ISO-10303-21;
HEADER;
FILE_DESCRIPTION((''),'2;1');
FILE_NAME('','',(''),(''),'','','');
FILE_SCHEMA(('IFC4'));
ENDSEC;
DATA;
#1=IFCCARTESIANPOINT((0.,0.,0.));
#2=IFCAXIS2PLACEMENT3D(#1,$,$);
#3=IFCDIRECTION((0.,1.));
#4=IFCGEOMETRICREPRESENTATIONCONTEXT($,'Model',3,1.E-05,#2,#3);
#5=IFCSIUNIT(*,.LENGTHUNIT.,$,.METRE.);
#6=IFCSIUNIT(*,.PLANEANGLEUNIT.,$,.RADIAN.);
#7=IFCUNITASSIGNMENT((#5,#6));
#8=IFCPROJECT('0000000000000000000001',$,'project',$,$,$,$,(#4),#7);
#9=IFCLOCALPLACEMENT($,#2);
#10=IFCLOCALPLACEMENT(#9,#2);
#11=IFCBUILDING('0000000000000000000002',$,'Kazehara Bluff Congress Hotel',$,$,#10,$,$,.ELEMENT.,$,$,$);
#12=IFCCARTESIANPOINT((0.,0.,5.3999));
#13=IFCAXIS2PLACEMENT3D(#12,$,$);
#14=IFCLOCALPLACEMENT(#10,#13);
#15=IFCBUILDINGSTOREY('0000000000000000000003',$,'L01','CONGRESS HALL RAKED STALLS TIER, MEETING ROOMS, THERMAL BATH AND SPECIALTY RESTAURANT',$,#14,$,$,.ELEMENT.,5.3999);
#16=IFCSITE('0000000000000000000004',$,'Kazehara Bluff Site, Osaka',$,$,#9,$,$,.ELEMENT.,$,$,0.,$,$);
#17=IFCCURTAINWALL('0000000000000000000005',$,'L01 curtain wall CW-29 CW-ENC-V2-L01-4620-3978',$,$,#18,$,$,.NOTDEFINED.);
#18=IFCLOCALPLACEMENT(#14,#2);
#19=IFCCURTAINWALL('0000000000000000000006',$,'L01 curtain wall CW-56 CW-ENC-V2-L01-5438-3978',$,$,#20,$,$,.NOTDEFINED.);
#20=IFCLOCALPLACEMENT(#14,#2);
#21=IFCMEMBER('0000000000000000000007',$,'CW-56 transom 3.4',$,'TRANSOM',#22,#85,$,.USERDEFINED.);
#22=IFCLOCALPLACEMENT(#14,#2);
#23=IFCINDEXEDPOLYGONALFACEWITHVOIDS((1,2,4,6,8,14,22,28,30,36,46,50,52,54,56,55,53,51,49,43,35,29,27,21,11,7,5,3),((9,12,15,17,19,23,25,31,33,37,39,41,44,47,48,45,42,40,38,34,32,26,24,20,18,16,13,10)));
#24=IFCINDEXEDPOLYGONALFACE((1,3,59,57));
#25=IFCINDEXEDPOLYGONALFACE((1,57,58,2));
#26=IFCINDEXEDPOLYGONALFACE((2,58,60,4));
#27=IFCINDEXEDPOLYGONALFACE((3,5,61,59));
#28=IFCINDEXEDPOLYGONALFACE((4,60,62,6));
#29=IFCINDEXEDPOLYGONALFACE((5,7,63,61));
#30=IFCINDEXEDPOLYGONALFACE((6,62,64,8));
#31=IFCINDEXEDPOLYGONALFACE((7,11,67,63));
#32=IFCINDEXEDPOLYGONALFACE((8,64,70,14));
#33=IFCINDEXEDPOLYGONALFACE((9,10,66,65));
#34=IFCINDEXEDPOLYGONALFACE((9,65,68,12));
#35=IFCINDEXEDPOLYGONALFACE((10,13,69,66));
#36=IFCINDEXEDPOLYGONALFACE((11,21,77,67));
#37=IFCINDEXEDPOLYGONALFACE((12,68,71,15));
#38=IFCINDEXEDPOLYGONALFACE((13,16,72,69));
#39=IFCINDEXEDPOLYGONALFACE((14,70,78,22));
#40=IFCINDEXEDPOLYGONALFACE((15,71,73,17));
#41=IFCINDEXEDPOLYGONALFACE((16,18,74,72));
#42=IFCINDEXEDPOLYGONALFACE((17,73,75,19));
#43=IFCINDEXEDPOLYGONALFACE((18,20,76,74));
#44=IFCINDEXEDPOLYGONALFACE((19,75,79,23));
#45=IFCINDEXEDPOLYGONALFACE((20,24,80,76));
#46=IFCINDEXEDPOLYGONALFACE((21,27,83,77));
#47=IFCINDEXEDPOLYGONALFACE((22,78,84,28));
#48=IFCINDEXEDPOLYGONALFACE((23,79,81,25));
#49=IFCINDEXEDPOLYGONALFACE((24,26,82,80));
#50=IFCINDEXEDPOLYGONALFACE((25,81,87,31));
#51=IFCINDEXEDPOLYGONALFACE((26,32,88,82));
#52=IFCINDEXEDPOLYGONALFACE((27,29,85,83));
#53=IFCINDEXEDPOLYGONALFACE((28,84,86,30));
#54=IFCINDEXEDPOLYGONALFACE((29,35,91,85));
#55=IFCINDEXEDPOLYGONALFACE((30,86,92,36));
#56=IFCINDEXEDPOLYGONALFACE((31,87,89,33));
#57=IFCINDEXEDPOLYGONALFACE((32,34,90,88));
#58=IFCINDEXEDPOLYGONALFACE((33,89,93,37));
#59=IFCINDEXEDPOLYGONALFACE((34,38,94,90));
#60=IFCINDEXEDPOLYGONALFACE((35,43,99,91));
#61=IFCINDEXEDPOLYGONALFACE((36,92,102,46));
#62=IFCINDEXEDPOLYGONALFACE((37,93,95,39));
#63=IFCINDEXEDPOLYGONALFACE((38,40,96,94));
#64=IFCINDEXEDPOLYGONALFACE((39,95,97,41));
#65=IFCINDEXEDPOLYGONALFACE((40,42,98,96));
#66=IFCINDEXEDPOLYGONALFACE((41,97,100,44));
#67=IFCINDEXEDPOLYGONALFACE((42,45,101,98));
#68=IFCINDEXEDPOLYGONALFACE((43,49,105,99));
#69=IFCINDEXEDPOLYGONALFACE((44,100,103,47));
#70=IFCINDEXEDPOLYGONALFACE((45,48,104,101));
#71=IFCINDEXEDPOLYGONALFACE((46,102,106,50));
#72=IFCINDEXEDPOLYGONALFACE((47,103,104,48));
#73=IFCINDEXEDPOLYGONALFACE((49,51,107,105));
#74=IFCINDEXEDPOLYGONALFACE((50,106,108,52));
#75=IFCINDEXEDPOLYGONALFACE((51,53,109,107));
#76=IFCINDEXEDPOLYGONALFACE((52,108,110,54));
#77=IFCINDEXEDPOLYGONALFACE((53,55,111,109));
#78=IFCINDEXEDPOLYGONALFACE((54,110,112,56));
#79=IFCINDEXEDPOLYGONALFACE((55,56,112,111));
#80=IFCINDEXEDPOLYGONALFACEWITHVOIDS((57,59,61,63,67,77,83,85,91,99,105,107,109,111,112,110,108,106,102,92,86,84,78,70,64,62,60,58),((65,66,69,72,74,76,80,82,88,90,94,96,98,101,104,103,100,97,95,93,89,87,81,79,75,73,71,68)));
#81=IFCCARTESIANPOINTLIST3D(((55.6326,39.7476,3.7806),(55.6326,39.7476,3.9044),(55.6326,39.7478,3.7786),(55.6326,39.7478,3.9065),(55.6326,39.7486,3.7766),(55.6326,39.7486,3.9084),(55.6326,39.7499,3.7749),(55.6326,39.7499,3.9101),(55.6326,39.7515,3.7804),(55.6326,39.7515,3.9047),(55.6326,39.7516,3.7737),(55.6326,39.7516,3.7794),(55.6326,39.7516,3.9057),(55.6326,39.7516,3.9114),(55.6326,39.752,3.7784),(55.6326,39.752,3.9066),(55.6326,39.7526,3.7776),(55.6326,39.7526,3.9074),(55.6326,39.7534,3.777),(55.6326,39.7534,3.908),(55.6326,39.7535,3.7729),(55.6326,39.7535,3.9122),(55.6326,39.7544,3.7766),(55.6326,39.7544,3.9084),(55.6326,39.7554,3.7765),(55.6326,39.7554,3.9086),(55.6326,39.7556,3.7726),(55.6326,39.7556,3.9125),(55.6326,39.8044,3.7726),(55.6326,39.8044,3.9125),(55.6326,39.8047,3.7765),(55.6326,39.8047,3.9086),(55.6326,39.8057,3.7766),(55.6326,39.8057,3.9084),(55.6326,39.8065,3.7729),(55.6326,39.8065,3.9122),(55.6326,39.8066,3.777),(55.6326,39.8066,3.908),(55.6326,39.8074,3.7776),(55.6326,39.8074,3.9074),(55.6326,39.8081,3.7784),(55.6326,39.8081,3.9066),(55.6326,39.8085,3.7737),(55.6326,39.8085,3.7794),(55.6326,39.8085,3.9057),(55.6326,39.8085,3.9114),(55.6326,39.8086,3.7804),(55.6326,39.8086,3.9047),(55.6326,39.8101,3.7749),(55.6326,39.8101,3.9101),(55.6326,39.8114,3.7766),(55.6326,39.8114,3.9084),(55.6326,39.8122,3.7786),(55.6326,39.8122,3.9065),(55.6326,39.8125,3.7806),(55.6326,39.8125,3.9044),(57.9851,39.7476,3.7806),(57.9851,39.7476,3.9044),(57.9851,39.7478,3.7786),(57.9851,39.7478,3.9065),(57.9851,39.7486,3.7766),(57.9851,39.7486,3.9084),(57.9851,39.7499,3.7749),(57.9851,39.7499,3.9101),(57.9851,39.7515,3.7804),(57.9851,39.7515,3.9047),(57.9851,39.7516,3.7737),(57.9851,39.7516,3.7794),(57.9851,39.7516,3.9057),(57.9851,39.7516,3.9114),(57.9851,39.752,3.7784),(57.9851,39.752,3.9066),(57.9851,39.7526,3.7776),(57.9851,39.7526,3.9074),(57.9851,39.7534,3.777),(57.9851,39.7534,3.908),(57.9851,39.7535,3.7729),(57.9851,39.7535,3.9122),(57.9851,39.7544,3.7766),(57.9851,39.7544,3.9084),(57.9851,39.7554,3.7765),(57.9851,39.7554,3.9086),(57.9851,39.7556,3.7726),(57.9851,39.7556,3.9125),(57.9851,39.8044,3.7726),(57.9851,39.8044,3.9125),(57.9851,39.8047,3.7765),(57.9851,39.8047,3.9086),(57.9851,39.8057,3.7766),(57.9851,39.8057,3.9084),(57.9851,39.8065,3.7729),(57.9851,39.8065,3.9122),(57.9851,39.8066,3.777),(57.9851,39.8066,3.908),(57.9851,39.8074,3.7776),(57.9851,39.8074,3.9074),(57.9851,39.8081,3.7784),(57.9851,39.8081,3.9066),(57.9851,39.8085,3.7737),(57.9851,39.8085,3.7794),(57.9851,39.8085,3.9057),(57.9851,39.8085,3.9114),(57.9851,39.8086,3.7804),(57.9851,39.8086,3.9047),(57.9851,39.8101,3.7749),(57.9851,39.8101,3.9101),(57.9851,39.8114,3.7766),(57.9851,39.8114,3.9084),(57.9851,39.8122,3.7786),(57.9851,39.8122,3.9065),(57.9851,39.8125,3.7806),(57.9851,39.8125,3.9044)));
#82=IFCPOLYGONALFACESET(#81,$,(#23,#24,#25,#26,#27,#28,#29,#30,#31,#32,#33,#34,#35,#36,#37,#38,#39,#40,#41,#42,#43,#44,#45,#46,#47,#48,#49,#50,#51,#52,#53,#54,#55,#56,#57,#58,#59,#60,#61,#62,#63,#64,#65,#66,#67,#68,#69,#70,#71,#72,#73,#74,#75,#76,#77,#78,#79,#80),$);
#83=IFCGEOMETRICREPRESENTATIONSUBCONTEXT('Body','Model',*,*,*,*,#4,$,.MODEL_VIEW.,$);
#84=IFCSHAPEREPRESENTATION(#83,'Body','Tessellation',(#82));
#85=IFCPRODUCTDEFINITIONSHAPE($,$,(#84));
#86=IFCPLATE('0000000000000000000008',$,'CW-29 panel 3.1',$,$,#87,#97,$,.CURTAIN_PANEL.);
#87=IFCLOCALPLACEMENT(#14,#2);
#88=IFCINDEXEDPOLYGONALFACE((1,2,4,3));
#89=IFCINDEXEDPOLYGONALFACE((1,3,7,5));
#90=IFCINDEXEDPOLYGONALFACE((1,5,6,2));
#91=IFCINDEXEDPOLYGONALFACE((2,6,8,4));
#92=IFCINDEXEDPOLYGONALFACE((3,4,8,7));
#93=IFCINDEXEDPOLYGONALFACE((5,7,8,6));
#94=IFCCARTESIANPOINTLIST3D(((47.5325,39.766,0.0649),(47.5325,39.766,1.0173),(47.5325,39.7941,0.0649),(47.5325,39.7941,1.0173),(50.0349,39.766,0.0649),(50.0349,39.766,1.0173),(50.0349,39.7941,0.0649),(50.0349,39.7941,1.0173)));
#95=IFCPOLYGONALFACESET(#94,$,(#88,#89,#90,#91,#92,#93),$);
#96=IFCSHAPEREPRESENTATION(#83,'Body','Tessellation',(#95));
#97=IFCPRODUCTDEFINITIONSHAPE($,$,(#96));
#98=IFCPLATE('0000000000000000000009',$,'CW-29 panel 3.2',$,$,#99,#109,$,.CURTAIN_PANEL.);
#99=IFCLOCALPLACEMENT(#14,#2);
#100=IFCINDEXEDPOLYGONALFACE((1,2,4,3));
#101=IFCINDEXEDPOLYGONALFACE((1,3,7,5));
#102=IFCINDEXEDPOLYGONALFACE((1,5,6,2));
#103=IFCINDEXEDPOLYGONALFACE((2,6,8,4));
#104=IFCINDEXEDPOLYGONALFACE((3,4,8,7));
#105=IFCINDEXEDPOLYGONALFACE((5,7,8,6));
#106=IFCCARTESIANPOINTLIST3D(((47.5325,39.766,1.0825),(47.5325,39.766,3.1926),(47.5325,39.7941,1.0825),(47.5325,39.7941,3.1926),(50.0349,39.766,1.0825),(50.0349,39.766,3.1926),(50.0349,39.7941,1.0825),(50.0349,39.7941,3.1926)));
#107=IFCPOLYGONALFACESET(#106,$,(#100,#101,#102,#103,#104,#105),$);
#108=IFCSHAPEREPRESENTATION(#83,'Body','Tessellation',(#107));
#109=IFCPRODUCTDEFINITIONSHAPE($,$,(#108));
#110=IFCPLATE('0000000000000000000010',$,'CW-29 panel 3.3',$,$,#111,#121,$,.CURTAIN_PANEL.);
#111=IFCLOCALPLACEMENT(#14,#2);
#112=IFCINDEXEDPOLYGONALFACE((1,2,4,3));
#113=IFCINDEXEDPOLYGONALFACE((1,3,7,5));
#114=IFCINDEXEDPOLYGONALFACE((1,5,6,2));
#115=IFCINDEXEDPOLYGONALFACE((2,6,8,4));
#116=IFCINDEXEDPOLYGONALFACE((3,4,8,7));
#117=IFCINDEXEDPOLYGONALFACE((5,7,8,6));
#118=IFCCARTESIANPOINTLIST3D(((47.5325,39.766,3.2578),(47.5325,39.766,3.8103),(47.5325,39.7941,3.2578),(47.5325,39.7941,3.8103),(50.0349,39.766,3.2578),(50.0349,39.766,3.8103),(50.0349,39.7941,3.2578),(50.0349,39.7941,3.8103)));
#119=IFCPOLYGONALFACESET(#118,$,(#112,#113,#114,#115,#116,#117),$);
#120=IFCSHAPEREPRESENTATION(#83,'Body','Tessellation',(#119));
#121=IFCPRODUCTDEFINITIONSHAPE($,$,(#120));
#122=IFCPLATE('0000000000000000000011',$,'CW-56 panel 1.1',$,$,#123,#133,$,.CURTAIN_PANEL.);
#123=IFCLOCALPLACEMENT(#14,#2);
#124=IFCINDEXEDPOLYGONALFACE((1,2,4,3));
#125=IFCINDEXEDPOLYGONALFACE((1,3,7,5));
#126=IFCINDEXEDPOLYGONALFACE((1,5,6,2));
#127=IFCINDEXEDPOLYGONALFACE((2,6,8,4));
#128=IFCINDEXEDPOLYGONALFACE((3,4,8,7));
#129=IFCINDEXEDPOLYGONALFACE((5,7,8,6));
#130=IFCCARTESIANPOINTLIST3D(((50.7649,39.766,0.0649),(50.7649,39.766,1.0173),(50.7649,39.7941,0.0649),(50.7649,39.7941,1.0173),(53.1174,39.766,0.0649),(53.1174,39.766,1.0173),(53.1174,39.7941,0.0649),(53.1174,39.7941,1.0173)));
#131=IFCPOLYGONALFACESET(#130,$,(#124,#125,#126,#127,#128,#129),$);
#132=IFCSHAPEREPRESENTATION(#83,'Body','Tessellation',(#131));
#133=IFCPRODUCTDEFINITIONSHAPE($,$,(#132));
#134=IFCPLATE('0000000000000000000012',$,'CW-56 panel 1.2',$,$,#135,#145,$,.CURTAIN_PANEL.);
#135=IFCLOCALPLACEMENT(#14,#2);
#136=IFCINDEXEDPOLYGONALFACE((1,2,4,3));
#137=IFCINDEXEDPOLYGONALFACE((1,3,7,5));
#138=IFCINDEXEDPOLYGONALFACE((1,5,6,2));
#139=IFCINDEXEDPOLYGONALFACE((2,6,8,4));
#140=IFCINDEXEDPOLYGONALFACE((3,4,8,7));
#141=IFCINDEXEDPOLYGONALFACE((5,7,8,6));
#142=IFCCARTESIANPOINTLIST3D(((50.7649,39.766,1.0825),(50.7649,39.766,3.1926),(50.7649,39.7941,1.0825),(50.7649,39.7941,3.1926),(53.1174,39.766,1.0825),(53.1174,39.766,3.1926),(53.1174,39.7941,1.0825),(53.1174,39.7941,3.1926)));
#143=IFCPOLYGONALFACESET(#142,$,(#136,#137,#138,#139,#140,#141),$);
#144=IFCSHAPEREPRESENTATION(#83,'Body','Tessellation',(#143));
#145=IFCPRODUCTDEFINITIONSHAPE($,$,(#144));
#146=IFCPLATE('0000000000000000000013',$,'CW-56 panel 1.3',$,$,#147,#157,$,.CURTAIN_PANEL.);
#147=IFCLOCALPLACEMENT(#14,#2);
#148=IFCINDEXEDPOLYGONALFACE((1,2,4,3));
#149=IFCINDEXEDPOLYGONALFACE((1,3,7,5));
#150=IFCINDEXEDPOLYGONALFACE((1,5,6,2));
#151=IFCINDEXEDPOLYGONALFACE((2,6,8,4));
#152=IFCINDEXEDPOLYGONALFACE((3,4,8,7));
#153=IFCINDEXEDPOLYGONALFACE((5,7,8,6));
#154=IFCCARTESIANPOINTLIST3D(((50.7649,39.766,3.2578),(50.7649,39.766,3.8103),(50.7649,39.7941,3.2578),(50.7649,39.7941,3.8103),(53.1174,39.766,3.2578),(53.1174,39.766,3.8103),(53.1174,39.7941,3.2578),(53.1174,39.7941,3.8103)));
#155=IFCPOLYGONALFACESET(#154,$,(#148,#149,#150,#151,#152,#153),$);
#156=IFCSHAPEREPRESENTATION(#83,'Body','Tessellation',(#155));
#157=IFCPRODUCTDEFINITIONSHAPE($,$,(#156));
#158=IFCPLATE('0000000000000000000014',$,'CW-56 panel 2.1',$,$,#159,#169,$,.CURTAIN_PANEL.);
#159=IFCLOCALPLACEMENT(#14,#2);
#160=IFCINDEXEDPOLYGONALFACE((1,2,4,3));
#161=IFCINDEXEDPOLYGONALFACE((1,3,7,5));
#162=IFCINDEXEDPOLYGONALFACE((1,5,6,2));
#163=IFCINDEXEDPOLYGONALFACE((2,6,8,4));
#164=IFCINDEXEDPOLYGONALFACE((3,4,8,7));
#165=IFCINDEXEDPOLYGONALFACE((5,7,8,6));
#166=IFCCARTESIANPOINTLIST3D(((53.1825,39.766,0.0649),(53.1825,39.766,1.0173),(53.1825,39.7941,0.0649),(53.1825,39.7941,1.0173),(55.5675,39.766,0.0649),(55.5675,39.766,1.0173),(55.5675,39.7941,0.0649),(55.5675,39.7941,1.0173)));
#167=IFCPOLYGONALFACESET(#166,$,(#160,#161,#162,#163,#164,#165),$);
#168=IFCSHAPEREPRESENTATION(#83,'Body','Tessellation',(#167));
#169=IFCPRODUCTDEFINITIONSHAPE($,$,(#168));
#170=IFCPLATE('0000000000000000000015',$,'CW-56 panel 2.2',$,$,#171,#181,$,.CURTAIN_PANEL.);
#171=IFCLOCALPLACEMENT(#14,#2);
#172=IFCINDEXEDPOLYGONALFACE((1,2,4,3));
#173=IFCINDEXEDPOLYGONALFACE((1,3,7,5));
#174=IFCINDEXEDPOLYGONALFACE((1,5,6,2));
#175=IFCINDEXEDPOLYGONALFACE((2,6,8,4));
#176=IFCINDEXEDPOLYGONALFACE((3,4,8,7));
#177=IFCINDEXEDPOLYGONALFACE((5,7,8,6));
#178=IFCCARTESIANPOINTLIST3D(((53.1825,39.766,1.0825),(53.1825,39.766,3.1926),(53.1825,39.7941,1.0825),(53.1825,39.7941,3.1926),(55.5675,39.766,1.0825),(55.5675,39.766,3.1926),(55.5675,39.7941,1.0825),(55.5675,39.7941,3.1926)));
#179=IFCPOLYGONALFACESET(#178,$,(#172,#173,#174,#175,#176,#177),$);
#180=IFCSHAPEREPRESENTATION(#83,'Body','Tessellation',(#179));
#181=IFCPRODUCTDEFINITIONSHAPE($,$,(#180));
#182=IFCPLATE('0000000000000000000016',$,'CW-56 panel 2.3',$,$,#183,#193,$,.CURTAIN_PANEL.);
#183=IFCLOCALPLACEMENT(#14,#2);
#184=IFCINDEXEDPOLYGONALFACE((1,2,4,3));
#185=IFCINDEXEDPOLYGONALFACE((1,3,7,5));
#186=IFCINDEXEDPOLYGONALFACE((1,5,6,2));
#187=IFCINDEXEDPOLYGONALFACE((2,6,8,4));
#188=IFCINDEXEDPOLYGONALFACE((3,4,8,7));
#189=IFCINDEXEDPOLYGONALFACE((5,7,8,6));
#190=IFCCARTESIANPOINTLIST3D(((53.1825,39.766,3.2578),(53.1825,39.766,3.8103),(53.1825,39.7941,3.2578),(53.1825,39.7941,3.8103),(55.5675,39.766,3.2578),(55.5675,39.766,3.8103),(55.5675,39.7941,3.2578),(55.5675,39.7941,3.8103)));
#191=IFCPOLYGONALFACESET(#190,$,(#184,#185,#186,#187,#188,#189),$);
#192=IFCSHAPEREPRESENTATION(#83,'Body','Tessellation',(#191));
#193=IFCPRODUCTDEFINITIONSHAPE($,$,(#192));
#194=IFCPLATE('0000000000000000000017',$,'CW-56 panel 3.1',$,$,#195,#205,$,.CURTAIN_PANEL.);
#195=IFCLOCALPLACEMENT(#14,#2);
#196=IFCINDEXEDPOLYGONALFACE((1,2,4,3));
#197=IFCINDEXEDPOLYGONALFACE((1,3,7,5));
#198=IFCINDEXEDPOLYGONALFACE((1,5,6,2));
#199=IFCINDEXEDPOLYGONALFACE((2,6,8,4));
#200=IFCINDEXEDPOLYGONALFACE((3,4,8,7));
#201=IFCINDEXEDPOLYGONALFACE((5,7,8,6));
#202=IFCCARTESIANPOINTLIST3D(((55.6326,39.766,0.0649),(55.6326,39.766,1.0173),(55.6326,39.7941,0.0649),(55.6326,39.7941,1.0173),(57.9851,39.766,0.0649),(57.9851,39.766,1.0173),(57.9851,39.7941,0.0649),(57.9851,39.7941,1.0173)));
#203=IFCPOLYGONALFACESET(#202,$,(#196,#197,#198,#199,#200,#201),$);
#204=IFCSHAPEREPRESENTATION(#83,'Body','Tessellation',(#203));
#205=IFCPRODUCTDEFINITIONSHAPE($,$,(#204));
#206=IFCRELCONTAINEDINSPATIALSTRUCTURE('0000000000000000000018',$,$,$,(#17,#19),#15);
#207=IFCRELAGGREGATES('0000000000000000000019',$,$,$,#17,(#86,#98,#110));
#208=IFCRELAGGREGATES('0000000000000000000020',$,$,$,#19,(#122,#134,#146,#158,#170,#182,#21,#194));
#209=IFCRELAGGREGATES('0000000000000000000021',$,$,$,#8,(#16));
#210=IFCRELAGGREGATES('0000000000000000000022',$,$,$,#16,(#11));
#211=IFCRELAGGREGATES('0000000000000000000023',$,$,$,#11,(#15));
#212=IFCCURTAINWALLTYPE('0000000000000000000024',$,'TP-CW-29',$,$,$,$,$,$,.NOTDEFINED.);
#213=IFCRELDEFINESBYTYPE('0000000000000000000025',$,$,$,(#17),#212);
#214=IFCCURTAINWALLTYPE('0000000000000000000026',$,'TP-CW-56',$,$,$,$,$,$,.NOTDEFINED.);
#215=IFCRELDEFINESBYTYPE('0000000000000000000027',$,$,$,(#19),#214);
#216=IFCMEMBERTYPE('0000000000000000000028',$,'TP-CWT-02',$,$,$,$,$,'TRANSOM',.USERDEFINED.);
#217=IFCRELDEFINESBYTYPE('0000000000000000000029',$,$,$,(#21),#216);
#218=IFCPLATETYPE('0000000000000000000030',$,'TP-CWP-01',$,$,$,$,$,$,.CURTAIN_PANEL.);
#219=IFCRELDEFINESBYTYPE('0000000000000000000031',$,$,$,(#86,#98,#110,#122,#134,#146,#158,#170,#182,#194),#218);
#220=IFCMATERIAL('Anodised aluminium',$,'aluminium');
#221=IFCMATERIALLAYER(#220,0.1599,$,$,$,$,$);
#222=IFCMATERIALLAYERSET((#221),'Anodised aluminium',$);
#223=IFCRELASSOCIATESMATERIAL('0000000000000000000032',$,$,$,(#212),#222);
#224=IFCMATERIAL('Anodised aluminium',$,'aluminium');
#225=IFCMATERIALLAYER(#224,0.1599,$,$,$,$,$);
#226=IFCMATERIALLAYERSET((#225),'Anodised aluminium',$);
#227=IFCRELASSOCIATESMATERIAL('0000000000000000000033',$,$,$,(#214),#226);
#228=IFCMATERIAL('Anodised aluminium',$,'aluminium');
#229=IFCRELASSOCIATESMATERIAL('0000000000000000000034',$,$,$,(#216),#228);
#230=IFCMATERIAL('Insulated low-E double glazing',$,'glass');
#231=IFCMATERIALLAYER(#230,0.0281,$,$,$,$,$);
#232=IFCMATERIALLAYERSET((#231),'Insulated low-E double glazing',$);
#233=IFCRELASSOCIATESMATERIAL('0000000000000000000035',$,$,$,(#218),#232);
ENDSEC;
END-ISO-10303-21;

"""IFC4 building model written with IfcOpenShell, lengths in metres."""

from ifc_helpers import new_model, si_unit, direction, frame, origin, origin_2d, place, context, subcontext, project, spatial, rectangle, hollow_rectangle, extrude, material, layer, layer_set, material_profile, profile_set, type_object, element, aggregate, save


model = new_model("IFC4")

# Units and contexts
model_context = context("Model", 3, precision=1e-05, world=origin(), true_north=direction((0.0, 1.0)))
body_context = subcontext(model_context, "Body", "Model", "MODEL_VIEW")
ifc_project = project(units=[si_unit("LENGTHUNIT", "METRE"), si_unit("PLANEANGLEUNIT", "RADIAN")], contexts=[model_context])

# Site, building, storey
site_placement = place(None, origin())
site = spatial("IfcSite", under=ifc_project, at=site_placement, Name="Kazehara Bluff Site, Osaka", CompositionType="ELEMENT", RefElevation=0.0)
building_placement = place(site_placement, origin())
building = spatial("IfcBuilding", under=site, at=building_placement, Name="Kazehara Bluff Congress Hotel", CompositionType="ELEMENT")
storey_placement = place(building_placement, frame((0.0, 0.0, 5.3999)))
storey = spatial("IfcBuildingStorey", under=building, at=storey_placement, Name="L01", Description="CONGRESS HALL RAKED STALLS TIER, MEETING ROOMS, THERMAL BATH AND SPECIALTY RESTAURANT", CompositionType="ELEMENT", Elevation=5.3999)

# Curtain wall
ifc_material_1 = material(Name="Anodised aluminium", Category="aluminium")
ifc_layer_1 = layer(ifc_material_1, 0.1599)
ifc_layer_set_1 = layer_set([ifc_layer_1], Name="Anodised aluminium")
curtain_wall_type_1 = type_object("IfcCurtainWallType", Name="TP-CW-29", PredefinedType="NOTDEFINED", material=ifc_layer_set_1)
curtain_wall_1_placement = place(storey_placement, origin())
curtain_wall_1 = element("IfcCurtainWall", 1, at=curtain_wall_1_placement, inside=storey, type_object=curtain_wall_type_1, Name="L01 curtain wall CW-29 CW-ENC-V2-L01-4620-3978", PredefinedType="NOTDEFINED")

# Curtain wall
ifc_material_2 = material(Name="Anodised aluminium", Category="aluminium")
ifc_layer_2 = layer(ifc_material_2, 0.1599)
ifc_layer_set_2 = layer_set([ifc_layer_2], Name="Anodised aluminium")
curtain_wall_type_2 = type_object("IfcCurtainWallType", Name="TP-CW-56", PredefinedType="NOTDEFINED", material=ifc_layer_set_2)
curtain_wall_2_placement = place(storey_placement, origin())
curtain_wall_2 = element("IfcCurtainWall", 2, at=curtain_wall_2_placement, inside=storey, type_object=curtain_wall_type_2, Name="L01 curtain wall CW-56 CW-ENC-V2-L01-5438-3978", PredefinedType="NOTDEFINED")

# Member
ifc_material_3 = material(Name="Anodised aluminium", Category="aluminium")
ifc_material_profile_1 = material_profile(ifc_material_3, hollow_rectangle(XDim=0.0649, YDim=0.1399, WallThickness=0.0039, InnerFilletRadius=0.0039, OuterFilletRadius=0.0081, at=origin_2d()))
ifc_profile_set_1 = profile_set([ifc_material_profile_1], Name="Anodised aluminium")
member_type_1 = type_object("IfcMemberType", Name="TP-CWT-02", ElementType="TRANSOM", PredefinedType="USERDEFINED", material=ifc_profile_set_1)
member_1_placement = place(storey_placement, frame((55.6326, 39.78, 3.8425), z_axis=(1.0, 0.0, 0.0), x_axis=(0.0, 1.0, 0.0)))
member_1 = element("IfcMember", 3, at=member_1_placement, type_object=member_type_1, Name="CW-56 transom 3.4", ObjectType="TRANSOM", PredefinedType="USERDEFINED", context=body_context, shape_type="SweptSolid", body=[
    extrude(hollow_rectangle(XDim=0.0649, YDim=0.1399, WallThickness=0.0039, InnerFilletRadius=0.0039, OuterFilletRadius=0.0081, at=origin_2d()), origin(), (0.0, 0.0, 1.0), 2.3525),
])

# Plates
ifc_material_4 = material(Name="Insulated low-E double glazing", Category="glass")
ifc_layer_3 = layer(ifc_material_4, 0.0281)
ifc_layer_set_3 = layer_set([ifc_layer_3], Name="Insulated low-E double glazing")
plate_type = type_object("IfcPlateType", Name="TP-CWP-01", PredefinedType="CURTAIN_PANEL", material=ifc_layer_set_3)
plate_1_placement = place(storey_placement, frame((48.7837, 39.78, 0.0649), z_axis=(0.0, 0.0, 1.0), x_axis=(1.0, 0.0, 0.0)))
plate_1 = element("IfcPlate", 4, at=plate_1_placement, type_object=plate_type, Name="CW-29 panel 3.1", PredefinedType="CURTAIN_PANEL", context=body_context, shape_type="SweptSolid", body=[
    extrude(rectangle(XDim=2.5024, YDim=0.0281, at=origin_2d()), origin(), (0.0, 0.0, 1.0), 0.9524),
])
plate_2_placement = place(storey_placement, frame((48.7837, 39.78, 1.0825), z_axis=(0.0, 0.0, 1.0), x_axis=(1.0, 0.0, 0.0)))
plate_2 = element("IfcPlate", 5, at=plate_2_placement, type_object=plate_type, Name="CW-29 panel 3.2", PredefinedType="CURTAIN_PANEL", context=body_context, shape_type="SweptSolid", body=[
    extrude(rectangle(XDim=2.5024, YDim=0.0281, at=origin_2d()), origin(), (0.0, 0.0, 1.0), 2.1101),
])
plate_3_placement = place(storey_placement, frame((48.7837, 39.78, 3.2578), z_axis=(0.0, 0.0, 1.0), x_axis=(1.0, 0.0, 0.0)))
plate_3 = element("IfcPlate", 6, at=plate_3_placement, type_object=plate_type, Name="CW-29 panel 3.3", PredefinedType="CURTAIN_PANEL", context=body_context, shape_type="SweptSolid", body=[
    extrude(rectangle(XDim=2.5024, YDim=0.0281, at=origin_2d()), origin(), (0.0, 0.0, 1.0), 0.5525),
])
aggregate(curtain_wall_1, [plate_1, plate_2, plate_3])
plate_4_placement = place(storey_placement, frame((51.9412, 39.78, 0.0649), z_axis=(0.0, 0.0, 1.0), x_axis=(1.0, 0.0, 0.0)))
plate_4 = element("IfcPlate", 7, at=plate_4_placement, type_object=plate_type, Name="CW-56 panel 1.1", PredefinedType="CURTAIN_PANEL", context=body_context, shape_type="SweptSolid", body=[
    extrude(rectangle(XDim=2.3525, YDim=0.0281, at=origin_2d()), origin(), (0.0, 0.0, 1.0), 0.9524),
])
plate_5_placement = place(storey_placement, frame((51.9412, 39.78, 1.0825), z_axis=(0.0, 0.0, 1.0), x_axis=(1.0, 0.0, 0.0)))
plate_5 = element("IfcPlate", 8, at=plate_5_placement, type_object=plate_type, Name="CW-56 panel 1.2", PredefinedType="CURTAIN_PANEL", context=body_context, shape_type="SweptSolid", body=[
    extrude(rectangle(XDim=2.3525, YDim=0.0281, at=origin_2d()), origin(), (0.0, 0.0, 1.0), 2.1101),
])
plate_6_placement = place(storey_placement, frame((51.9412, 39.78, 3.2578), z_axis=(0.0, 0.0, 1.0), x_axis=(1.0, 0.0, 0.0)))
plate_6 = element("IfcPlate", 9, at=plate_6_placement, type_object=plate_type, Name="CW-56 panel 1.3", PredefinedType="CURTAIN_PANEL", context=body_context, shape_type="SweptSolid", body=[
    extrude(rectangle(XDim=2.3525, YDim=0.0281, at=origin_2d()), origin(), (0.0, 0.0, 1.0), 0.5525),
])
plate_7_placement = place(storey_placement, frame((54.375, 39.78, 0.0649), z_axis=(0.0, 0.0, 1.0), x_axis=(1.0, 0.0, 0.0)))
plate_7 = element("IfcPlate", 10, at=plate_7_placement, type_object=plate_type, Name="CW-56 panel 2.1", PredefinedType="CURTAIN_PANEL", context=body_context, shape_type="SweptSolid", body=[
    extrude(rectangle(XDim=2.385, YDim=0.0281, at=origin_2d()), origin(), (0.0, 0.0, 1.0), 0.9524),
])
plate_8_placement = place(storey_placement, frame((54.375, 39.78, 1.0825), z_axis=(0.0, 0.0, 1.0), x_axis=(1.0, 0.0, 0.0)))
plate_8 = element("IfcPlate", 11, at=plate_8_placement, type_object=plate_type, Name="CW-56 panel 2.2", PredefinedType="CURTAIN_PANEL", context=body_context, shape_type="SweptSolid", body=[
    extrude(rectangle(XDim=2.385, YDim=0.0281, at=origin_2d()), origin(), (0.0, 0.0, 1.0), 2.1101),
])
plate_9_placement = place(storey_placement, frame((54.375, 39.78, 3.2578), z_axis=(0.0, 0.0, 1.0), x_axis=(1.0, 0.0, 0.0)))
plate_9 = element("IfcPlate", 12, at=plate_9_placement, type_object=plate_type, Name="CW-56 panel 2.3", PredefinedType="CURTAIN_PANEL", context=body_context, shape_type="SweptSolid", body=[
    extrude(rectangle(XDim=2.385, YDim=0.0281, at=origin_2d()), origin(), (0.0, 0.0, 1.0), 0.5525),
])
plate_10_placement = place(storey_placement, frame((56.8088, 39.78, 0.0649), z_axis=(0.0, 0.0, 1.0), x_axis=(1.0, 0.0, 0.0)))
plate_10 = element("IfcPlate", 13, at=plate_10_placement, type_object=plate_type, Name="CW-56 panel 3.1", PredefinedType="CURTAIN_PANEL", context=body_context, shape_type="SweptSolid", body=[
    extrude(rectangle(XDim=2.3525, YDim=0.0281, at=origin_2d()), origin(), (0.0, 0.0, 1.0), 0.9524),
])
aggregate(curtain_wall_2, [plate_4, plate_5, plate_6, plate_7, plate_8, plate_9, member_1, plate_10])

save(model, "model.ifc")
